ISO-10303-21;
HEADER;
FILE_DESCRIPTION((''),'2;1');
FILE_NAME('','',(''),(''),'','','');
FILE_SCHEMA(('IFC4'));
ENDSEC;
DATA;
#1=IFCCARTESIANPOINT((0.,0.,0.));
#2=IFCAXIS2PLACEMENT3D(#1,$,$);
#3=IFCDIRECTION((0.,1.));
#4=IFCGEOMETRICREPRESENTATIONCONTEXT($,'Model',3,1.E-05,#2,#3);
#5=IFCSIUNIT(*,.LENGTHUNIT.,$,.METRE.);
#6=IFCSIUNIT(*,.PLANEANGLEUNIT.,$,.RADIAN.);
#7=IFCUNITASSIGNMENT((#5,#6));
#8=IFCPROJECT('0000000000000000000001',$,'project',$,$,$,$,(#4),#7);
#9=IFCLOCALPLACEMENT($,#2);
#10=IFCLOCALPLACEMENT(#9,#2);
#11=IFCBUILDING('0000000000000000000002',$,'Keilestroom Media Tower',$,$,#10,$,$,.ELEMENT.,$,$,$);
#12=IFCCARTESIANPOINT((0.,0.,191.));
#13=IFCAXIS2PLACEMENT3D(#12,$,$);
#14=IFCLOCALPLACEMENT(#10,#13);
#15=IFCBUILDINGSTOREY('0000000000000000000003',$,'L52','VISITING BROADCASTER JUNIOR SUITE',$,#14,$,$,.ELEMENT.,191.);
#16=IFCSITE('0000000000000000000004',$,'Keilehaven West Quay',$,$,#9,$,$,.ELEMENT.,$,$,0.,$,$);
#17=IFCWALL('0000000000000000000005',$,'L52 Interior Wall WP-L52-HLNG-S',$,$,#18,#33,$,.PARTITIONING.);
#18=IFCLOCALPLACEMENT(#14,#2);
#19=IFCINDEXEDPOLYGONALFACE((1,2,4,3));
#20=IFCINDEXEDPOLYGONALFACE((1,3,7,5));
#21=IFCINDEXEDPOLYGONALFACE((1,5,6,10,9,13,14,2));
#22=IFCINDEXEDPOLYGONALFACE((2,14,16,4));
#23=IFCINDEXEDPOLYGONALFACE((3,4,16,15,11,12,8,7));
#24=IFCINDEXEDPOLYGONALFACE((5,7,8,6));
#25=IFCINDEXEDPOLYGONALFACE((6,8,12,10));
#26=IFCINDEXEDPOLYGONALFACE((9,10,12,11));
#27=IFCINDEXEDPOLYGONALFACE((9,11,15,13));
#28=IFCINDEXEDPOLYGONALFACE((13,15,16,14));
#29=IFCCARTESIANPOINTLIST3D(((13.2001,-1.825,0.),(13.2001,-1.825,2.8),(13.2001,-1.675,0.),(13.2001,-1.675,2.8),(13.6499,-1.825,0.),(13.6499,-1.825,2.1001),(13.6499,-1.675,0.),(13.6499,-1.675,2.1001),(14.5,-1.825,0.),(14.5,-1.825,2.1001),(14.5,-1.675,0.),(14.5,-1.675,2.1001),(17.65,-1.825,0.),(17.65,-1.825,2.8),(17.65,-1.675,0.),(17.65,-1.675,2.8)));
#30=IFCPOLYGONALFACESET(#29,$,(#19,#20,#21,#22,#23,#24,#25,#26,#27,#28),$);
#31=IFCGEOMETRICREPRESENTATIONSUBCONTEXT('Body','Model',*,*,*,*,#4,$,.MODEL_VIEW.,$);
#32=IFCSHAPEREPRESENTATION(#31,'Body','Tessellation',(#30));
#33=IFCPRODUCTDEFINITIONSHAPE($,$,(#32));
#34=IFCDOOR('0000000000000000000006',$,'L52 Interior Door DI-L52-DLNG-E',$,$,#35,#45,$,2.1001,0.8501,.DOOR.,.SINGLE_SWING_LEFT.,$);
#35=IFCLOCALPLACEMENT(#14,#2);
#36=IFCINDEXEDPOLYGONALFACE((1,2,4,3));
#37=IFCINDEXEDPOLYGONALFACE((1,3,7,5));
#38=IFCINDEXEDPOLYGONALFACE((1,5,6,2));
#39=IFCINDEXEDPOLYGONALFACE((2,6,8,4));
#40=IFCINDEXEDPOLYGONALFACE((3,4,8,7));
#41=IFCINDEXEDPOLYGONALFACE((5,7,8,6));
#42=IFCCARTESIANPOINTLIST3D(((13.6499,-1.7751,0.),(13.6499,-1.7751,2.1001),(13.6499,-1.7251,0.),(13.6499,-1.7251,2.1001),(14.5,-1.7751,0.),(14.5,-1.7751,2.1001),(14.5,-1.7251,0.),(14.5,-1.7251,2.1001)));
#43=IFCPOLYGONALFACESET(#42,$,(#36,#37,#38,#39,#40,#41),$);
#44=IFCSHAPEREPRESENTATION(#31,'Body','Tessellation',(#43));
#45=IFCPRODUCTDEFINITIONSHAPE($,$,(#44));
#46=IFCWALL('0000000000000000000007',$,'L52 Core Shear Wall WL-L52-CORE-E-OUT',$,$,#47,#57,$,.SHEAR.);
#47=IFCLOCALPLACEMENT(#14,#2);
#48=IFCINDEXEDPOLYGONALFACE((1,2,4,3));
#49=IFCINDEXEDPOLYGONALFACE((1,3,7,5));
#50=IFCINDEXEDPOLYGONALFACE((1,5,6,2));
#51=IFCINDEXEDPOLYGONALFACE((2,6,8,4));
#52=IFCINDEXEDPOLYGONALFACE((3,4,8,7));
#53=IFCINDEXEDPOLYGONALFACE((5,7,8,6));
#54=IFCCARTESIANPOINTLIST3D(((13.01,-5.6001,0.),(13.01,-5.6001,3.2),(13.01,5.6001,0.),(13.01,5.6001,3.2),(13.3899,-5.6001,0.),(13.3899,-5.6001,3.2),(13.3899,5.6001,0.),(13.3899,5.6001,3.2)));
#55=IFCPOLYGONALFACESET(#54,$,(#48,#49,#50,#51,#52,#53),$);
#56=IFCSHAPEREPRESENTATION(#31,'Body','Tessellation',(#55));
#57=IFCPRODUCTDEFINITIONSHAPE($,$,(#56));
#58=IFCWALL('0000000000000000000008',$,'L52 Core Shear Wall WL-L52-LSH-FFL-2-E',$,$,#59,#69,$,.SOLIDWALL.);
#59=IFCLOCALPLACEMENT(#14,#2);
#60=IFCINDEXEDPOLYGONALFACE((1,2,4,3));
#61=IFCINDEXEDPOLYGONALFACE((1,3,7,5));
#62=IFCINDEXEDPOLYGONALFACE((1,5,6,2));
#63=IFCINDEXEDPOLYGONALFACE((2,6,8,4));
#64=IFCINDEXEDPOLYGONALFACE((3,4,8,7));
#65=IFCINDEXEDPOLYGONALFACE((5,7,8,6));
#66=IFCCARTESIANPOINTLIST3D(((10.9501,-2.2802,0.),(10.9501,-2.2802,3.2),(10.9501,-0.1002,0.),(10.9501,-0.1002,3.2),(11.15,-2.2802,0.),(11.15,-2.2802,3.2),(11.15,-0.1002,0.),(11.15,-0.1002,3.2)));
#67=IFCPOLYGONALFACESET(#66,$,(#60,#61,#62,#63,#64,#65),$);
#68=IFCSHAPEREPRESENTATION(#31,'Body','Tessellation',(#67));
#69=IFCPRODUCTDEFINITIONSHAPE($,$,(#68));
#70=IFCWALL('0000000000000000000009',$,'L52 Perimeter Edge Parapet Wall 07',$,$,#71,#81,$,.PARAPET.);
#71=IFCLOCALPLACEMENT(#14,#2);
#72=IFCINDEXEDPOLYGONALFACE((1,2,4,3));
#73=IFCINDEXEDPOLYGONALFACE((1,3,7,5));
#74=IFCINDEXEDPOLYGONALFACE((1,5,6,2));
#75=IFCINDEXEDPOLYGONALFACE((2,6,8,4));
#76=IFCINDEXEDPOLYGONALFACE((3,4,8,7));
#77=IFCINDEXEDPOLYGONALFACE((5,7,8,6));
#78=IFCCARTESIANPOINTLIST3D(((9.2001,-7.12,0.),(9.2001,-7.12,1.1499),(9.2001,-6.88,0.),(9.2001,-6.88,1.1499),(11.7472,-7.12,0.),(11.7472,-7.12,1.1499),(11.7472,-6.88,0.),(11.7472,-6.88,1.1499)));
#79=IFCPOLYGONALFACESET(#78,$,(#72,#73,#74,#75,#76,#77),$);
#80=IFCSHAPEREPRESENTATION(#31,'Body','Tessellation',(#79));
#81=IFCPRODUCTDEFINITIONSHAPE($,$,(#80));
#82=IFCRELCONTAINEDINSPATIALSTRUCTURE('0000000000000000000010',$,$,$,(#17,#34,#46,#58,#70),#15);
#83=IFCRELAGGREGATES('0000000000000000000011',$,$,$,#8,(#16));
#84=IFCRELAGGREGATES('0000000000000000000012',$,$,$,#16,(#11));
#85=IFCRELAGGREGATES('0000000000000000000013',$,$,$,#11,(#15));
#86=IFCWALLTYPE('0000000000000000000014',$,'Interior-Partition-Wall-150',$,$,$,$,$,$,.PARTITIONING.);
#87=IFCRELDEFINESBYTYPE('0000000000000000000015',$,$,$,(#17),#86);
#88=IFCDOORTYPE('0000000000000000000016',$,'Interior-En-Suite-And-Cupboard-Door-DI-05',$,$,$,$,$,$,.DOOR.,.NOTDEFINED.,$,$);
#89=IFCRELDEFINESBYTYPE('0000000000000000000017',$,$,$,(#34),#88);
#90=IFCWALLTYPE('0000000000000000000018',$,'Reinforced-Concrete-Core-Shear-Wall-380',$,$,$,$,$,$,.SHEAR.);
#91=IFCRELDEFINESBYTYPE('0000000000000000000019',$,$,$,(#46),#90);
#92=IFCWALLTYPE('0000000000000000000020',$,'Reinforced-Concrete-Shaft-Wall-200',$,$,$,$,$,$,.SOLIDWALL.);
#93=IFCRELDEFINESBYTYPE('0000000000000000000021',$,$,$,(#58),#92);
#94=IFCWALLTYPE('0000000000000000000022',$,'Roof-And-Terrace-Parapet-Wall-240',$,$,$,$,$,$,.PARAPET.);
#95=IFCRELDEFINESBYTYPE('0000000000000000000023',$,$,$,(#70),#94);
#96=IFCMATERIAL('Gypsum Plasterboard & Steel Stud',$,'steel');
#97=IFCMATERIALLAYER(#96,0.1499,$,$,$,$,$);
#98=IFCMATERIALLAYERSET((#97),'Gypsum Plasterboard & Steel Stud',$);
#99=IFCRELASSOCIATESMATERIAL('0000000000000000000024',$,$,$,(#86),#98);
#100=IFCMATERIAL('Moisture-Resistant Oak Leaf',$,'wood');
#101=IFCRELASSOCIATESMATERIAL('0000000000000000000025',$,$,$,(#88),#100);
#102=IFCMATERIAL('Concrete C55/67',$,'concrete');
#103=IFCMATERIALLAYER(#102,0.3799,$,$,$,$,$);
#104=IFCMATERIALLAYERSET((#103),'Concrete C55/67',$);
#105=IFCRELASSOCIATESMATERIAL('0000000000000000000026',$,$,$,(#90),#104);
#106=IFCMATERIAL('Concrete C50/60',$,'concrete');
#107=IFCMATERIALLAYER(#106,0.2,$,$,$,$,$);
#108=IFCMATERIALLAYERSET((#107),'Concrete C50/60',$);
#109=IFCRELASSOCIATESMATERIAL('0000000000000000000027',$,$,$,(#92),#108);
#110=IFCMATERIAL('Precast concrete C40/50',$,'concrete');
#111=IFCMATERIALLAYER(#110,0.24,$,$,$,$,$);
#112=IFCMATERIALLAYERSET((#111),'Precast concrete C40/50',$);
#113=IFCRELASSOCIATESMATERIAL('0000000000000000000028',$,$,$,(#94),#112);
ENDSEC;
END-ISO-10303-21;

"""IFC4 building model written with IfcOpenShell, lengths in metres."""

from ifc_helpers import new_model, si_unit, direction, frame, frame_2d, origin, place, context, subcontext, project, spatial, rectangle, extrude, source, transform, mapped, material, layer, layer_set, type_object, element, fill, save


model = new_model("IFC4")

# Units and contexts
model_context = context("Model", 3, precision=1e-05, world=origin(), true_north=direction((0.0, 1.0)))
body_context = subcontext(model_context, "Body", "Model", "MODEL_VIEW")
ifc_project = project(units=[si_unit("LENGTHUNIT", "METRE"), si_unit("PLANEANGLEUNIT", "RADIAN")], contexts=[model_context])

# Site, building, storey
site_placement = place(None, origin())
site = spatial("IfcSite", under=ifc_project, at=site_placement, Name="Keilehaven West Quay", CompositionType="ELEMENT", RefElevation=0.0)
building_placement = place(site_placement, origin())
building = spatial("IfcBuilding", under=site, at=building_placement, Name="Keilestroom Media Tower", CompositionType="ELEMENT")
storey_placement = place(building_placement, frame((0.0, 0.0, 191.0)))
storey = spatial("IfcBuildingStorey", under=building, at=storey_placement, Name="L52", Description="VISITING BROADCASTER JUNIOR SUITE", CompositionType="ELEMENT", Elevation=191.0)

# Shared definitions
ifc_material_1 = material(Name="Concrete C55/67", Category="concrete")

# Shared definitions
ifc_material_2 = material(Name="Precast concrete C40/50", Category="concrete")

# Shared definitions
ifc_material_3 = material(Name="Gypsum Plasterboard & Steel Stud", Category="steel")

# Shared definitions
ifc_layer_1 = layer(ifc_material_3, 0.1499)
ifc_layer_set_1 = layer_set([ifc_layer_1], Name="Gypsum Plasterboard & Steel Stud")
wall_type_1 = type_object("IfcWallType", Name="Interior-Partition-Wall-150", PredefinedType="PARTITIONING", material=ifc_layer_set_1)

# Wall, opening, door
ifc_material_4 = material(Name="Moisture-Resistant Oak Leaf", Category="wood")
door_type_1 = type_object("IfcDoorType", Name="Interior-En-Suite-And-Cupboard-Door-DI-05", OperationType="NOTDEFINED", PredefinedType="DOOR", material=ifc_material_4)
shared_shape_1 = source(origin(), body_context, "Body", "SweptSolid", [
    extrude(rectangle(XDim=0.8501, YDim=2.1001, at=frame_2d((0.425, 1.05))), frame((0.0, 0.0249, 0.0), z_axis=(0.0, -1.0, 0.0), x_axis=(1.0, 0.0, 0.0)), (0.0, 0.0, 1.0), 0.05),
])
wall_1_placement = place(storey_placement, frame((13.2, -1.75, 0.0), z_axis=(0.0, 0.0, 1.0), x_axis=(1.0, 0.0, 0.0)))
wall_1 = element("IfcWall", 1, at=wall_1_placement, inside=storey, type_object=wall_type_1, Name="L52 Interior Wall WP-L52-HLNG-S", PredefinedType="PARTITIONING", context=body_context, shape_type="SweptSolid", body=[
    extrude(rectangle(XDim=4.45, YDim=0.1499, at=frame_2d((2.2251, 0.0))), origin(), (0.0, 0.0, 1.0), 2.8),
])
opening_1_placement = place(wall_1_placement, frame((0.45, 0.0, 0.0)))
opening_1 = element("IfcOpeningElement", 2, at=opening_1_placement, cuts=wall_1, PredefinedType="OPENING", context=body_context, shape_type="SweptSolid", body=[
    extrude(rectangle(XDim=0.8501, YDim=2.1001, at=frame_2d((0.425, 1.05))), frame((0.0, 0.085, 0.0), z_axis=(0.0, -1.0, 0.0), x_axis=(1.0, 0.0, 0.0)), (0.0, 0.0, 1.0), 0.1699),
])
door_1_placement = place(opening_1_placement, origin())
door_1 = element("IfcDoor", 3, at=door_1_placement, inside=storey, type_object=door_type_1, Name="L52 Interior Door DI-L52-DLNG-E", OperationType="SINGLE_SWING_LEFT", OverallHeight=2.1001, OverallWidth=0.8501, PredefinedType="DOOR", context=body_context, shape_type="MappedRepresentation", body=[
    mapped(shared_shape_1, transform((0.0, 0.0, 0.0), x_axis=(1.0, 0.0, 0.0), y_axis=(0.0, 1.0, 0.0), z_axis=(0.0, 0.0, 1.0), scale=1.0)),
])
fill(opening_1, door_1)

# Walls
ifc_layer_2 = layer(ifc_material_1, 0.3799)
ifc_layer_set_2 = layer_set([ifc_layer_2], Name="Concrete C55/67")
wall_type_2 = type_object("IfcWallType", Name="Reinforced-Concrete-Core-Shear-Wall-380", PredefinedType="SHEAR", material=ifc_layer_set_2)
wall_2_placement = place(storey_placement, frame((13.2, -5.6001, 0.0), z_axis=(0.0, 0.0, 1.0), x_axis=(0.0, 1.0, 0.0)))
element("IfcWall", 4, at=wall_2_placement, inside=storey, type_object=wall_type_2, Name="L52 Core Shear Wall WL-L52-CORE-E-OUT", PredefinedType="SHEAR", context=body_context, shape_type="SweptSolid", body=[
    extrude(rectangle(XDim=11.2002, YDim=0.3799, at=frame_2d((5.6001, 0.0))), origin(), (0.0, 0.0, 1.0), 3.2),
])
ifc_material_5 = material(Name="Concrete C50/60", Category="concrete")
ifc_layer_3 = layer(ifc_material_5, 0.2)
ifc_layer_set_3 = layer_set([ifc_layer_3], Name="Concrete C50/60")
wall_type_3 = type_object("IfcWallType", Name="Reinforced-Concrete-Shaft-Wall-200", PredefinedType="SOLIDWALL", material=ifc_layer_set_3)
wall_3_placement = place(storey_placement, frame((11.05, -2.28, 0.0), z_axis=(0.0, 0.0, 1.0), x_axis=(0.0, 1.0, 0.0)))
element("IfcWall", 5, at=wall_3_placement, inside=storey, type_object=wall_type_3, Name="L52 Core Shear Wall WL-L52-LSH-FFL-2-E", PredefinedType="SOLIDWALL", context=body_context, shape_type="SweptSolid", body=[
    extrude(rectangle(XDim=2.1799, YDim=0.2, at=frame_2d((1.0898, 0.0))), origin(), (0.0, 0.0, 1.0), 3.2),
])
ifc_layer_4 = layer(ifc_material_2, 0.24)
ifc_layer_set_4 = layer_set([ifc_layer_4], Name="Precast concrete C40/50")
wall_type_4 = type_object("IfcWallType", Name="Roof-And-Terrace-Parapet-Wall-240", PredefinedType="PARAPET", material=ifc_layer_set_4)
wall_4_placement = place(storey_placement, frame((11.7471, -7.0, 0.0), z_axis=(0.0, 0.0, 1.0), x_axis=(-1.0, 0.0, 0.0)))
element("IfcWall", 6, at=wall_4_placement, inside=storey, type_object=wall_type_4, Name="L52 Perimeter Edge Parapet Wall 07", PredefinedType="PARAPET", context=body_context, shape_type="SweptSolid", body=[
    extrude(rectangle(XDim=2.5471, YDim=0.24, at=frame_2d((1.2734, 0.0))), origin(), (0.0, 0.0, 1.0), 1.1499),
])

save(model, "model.ifc")
